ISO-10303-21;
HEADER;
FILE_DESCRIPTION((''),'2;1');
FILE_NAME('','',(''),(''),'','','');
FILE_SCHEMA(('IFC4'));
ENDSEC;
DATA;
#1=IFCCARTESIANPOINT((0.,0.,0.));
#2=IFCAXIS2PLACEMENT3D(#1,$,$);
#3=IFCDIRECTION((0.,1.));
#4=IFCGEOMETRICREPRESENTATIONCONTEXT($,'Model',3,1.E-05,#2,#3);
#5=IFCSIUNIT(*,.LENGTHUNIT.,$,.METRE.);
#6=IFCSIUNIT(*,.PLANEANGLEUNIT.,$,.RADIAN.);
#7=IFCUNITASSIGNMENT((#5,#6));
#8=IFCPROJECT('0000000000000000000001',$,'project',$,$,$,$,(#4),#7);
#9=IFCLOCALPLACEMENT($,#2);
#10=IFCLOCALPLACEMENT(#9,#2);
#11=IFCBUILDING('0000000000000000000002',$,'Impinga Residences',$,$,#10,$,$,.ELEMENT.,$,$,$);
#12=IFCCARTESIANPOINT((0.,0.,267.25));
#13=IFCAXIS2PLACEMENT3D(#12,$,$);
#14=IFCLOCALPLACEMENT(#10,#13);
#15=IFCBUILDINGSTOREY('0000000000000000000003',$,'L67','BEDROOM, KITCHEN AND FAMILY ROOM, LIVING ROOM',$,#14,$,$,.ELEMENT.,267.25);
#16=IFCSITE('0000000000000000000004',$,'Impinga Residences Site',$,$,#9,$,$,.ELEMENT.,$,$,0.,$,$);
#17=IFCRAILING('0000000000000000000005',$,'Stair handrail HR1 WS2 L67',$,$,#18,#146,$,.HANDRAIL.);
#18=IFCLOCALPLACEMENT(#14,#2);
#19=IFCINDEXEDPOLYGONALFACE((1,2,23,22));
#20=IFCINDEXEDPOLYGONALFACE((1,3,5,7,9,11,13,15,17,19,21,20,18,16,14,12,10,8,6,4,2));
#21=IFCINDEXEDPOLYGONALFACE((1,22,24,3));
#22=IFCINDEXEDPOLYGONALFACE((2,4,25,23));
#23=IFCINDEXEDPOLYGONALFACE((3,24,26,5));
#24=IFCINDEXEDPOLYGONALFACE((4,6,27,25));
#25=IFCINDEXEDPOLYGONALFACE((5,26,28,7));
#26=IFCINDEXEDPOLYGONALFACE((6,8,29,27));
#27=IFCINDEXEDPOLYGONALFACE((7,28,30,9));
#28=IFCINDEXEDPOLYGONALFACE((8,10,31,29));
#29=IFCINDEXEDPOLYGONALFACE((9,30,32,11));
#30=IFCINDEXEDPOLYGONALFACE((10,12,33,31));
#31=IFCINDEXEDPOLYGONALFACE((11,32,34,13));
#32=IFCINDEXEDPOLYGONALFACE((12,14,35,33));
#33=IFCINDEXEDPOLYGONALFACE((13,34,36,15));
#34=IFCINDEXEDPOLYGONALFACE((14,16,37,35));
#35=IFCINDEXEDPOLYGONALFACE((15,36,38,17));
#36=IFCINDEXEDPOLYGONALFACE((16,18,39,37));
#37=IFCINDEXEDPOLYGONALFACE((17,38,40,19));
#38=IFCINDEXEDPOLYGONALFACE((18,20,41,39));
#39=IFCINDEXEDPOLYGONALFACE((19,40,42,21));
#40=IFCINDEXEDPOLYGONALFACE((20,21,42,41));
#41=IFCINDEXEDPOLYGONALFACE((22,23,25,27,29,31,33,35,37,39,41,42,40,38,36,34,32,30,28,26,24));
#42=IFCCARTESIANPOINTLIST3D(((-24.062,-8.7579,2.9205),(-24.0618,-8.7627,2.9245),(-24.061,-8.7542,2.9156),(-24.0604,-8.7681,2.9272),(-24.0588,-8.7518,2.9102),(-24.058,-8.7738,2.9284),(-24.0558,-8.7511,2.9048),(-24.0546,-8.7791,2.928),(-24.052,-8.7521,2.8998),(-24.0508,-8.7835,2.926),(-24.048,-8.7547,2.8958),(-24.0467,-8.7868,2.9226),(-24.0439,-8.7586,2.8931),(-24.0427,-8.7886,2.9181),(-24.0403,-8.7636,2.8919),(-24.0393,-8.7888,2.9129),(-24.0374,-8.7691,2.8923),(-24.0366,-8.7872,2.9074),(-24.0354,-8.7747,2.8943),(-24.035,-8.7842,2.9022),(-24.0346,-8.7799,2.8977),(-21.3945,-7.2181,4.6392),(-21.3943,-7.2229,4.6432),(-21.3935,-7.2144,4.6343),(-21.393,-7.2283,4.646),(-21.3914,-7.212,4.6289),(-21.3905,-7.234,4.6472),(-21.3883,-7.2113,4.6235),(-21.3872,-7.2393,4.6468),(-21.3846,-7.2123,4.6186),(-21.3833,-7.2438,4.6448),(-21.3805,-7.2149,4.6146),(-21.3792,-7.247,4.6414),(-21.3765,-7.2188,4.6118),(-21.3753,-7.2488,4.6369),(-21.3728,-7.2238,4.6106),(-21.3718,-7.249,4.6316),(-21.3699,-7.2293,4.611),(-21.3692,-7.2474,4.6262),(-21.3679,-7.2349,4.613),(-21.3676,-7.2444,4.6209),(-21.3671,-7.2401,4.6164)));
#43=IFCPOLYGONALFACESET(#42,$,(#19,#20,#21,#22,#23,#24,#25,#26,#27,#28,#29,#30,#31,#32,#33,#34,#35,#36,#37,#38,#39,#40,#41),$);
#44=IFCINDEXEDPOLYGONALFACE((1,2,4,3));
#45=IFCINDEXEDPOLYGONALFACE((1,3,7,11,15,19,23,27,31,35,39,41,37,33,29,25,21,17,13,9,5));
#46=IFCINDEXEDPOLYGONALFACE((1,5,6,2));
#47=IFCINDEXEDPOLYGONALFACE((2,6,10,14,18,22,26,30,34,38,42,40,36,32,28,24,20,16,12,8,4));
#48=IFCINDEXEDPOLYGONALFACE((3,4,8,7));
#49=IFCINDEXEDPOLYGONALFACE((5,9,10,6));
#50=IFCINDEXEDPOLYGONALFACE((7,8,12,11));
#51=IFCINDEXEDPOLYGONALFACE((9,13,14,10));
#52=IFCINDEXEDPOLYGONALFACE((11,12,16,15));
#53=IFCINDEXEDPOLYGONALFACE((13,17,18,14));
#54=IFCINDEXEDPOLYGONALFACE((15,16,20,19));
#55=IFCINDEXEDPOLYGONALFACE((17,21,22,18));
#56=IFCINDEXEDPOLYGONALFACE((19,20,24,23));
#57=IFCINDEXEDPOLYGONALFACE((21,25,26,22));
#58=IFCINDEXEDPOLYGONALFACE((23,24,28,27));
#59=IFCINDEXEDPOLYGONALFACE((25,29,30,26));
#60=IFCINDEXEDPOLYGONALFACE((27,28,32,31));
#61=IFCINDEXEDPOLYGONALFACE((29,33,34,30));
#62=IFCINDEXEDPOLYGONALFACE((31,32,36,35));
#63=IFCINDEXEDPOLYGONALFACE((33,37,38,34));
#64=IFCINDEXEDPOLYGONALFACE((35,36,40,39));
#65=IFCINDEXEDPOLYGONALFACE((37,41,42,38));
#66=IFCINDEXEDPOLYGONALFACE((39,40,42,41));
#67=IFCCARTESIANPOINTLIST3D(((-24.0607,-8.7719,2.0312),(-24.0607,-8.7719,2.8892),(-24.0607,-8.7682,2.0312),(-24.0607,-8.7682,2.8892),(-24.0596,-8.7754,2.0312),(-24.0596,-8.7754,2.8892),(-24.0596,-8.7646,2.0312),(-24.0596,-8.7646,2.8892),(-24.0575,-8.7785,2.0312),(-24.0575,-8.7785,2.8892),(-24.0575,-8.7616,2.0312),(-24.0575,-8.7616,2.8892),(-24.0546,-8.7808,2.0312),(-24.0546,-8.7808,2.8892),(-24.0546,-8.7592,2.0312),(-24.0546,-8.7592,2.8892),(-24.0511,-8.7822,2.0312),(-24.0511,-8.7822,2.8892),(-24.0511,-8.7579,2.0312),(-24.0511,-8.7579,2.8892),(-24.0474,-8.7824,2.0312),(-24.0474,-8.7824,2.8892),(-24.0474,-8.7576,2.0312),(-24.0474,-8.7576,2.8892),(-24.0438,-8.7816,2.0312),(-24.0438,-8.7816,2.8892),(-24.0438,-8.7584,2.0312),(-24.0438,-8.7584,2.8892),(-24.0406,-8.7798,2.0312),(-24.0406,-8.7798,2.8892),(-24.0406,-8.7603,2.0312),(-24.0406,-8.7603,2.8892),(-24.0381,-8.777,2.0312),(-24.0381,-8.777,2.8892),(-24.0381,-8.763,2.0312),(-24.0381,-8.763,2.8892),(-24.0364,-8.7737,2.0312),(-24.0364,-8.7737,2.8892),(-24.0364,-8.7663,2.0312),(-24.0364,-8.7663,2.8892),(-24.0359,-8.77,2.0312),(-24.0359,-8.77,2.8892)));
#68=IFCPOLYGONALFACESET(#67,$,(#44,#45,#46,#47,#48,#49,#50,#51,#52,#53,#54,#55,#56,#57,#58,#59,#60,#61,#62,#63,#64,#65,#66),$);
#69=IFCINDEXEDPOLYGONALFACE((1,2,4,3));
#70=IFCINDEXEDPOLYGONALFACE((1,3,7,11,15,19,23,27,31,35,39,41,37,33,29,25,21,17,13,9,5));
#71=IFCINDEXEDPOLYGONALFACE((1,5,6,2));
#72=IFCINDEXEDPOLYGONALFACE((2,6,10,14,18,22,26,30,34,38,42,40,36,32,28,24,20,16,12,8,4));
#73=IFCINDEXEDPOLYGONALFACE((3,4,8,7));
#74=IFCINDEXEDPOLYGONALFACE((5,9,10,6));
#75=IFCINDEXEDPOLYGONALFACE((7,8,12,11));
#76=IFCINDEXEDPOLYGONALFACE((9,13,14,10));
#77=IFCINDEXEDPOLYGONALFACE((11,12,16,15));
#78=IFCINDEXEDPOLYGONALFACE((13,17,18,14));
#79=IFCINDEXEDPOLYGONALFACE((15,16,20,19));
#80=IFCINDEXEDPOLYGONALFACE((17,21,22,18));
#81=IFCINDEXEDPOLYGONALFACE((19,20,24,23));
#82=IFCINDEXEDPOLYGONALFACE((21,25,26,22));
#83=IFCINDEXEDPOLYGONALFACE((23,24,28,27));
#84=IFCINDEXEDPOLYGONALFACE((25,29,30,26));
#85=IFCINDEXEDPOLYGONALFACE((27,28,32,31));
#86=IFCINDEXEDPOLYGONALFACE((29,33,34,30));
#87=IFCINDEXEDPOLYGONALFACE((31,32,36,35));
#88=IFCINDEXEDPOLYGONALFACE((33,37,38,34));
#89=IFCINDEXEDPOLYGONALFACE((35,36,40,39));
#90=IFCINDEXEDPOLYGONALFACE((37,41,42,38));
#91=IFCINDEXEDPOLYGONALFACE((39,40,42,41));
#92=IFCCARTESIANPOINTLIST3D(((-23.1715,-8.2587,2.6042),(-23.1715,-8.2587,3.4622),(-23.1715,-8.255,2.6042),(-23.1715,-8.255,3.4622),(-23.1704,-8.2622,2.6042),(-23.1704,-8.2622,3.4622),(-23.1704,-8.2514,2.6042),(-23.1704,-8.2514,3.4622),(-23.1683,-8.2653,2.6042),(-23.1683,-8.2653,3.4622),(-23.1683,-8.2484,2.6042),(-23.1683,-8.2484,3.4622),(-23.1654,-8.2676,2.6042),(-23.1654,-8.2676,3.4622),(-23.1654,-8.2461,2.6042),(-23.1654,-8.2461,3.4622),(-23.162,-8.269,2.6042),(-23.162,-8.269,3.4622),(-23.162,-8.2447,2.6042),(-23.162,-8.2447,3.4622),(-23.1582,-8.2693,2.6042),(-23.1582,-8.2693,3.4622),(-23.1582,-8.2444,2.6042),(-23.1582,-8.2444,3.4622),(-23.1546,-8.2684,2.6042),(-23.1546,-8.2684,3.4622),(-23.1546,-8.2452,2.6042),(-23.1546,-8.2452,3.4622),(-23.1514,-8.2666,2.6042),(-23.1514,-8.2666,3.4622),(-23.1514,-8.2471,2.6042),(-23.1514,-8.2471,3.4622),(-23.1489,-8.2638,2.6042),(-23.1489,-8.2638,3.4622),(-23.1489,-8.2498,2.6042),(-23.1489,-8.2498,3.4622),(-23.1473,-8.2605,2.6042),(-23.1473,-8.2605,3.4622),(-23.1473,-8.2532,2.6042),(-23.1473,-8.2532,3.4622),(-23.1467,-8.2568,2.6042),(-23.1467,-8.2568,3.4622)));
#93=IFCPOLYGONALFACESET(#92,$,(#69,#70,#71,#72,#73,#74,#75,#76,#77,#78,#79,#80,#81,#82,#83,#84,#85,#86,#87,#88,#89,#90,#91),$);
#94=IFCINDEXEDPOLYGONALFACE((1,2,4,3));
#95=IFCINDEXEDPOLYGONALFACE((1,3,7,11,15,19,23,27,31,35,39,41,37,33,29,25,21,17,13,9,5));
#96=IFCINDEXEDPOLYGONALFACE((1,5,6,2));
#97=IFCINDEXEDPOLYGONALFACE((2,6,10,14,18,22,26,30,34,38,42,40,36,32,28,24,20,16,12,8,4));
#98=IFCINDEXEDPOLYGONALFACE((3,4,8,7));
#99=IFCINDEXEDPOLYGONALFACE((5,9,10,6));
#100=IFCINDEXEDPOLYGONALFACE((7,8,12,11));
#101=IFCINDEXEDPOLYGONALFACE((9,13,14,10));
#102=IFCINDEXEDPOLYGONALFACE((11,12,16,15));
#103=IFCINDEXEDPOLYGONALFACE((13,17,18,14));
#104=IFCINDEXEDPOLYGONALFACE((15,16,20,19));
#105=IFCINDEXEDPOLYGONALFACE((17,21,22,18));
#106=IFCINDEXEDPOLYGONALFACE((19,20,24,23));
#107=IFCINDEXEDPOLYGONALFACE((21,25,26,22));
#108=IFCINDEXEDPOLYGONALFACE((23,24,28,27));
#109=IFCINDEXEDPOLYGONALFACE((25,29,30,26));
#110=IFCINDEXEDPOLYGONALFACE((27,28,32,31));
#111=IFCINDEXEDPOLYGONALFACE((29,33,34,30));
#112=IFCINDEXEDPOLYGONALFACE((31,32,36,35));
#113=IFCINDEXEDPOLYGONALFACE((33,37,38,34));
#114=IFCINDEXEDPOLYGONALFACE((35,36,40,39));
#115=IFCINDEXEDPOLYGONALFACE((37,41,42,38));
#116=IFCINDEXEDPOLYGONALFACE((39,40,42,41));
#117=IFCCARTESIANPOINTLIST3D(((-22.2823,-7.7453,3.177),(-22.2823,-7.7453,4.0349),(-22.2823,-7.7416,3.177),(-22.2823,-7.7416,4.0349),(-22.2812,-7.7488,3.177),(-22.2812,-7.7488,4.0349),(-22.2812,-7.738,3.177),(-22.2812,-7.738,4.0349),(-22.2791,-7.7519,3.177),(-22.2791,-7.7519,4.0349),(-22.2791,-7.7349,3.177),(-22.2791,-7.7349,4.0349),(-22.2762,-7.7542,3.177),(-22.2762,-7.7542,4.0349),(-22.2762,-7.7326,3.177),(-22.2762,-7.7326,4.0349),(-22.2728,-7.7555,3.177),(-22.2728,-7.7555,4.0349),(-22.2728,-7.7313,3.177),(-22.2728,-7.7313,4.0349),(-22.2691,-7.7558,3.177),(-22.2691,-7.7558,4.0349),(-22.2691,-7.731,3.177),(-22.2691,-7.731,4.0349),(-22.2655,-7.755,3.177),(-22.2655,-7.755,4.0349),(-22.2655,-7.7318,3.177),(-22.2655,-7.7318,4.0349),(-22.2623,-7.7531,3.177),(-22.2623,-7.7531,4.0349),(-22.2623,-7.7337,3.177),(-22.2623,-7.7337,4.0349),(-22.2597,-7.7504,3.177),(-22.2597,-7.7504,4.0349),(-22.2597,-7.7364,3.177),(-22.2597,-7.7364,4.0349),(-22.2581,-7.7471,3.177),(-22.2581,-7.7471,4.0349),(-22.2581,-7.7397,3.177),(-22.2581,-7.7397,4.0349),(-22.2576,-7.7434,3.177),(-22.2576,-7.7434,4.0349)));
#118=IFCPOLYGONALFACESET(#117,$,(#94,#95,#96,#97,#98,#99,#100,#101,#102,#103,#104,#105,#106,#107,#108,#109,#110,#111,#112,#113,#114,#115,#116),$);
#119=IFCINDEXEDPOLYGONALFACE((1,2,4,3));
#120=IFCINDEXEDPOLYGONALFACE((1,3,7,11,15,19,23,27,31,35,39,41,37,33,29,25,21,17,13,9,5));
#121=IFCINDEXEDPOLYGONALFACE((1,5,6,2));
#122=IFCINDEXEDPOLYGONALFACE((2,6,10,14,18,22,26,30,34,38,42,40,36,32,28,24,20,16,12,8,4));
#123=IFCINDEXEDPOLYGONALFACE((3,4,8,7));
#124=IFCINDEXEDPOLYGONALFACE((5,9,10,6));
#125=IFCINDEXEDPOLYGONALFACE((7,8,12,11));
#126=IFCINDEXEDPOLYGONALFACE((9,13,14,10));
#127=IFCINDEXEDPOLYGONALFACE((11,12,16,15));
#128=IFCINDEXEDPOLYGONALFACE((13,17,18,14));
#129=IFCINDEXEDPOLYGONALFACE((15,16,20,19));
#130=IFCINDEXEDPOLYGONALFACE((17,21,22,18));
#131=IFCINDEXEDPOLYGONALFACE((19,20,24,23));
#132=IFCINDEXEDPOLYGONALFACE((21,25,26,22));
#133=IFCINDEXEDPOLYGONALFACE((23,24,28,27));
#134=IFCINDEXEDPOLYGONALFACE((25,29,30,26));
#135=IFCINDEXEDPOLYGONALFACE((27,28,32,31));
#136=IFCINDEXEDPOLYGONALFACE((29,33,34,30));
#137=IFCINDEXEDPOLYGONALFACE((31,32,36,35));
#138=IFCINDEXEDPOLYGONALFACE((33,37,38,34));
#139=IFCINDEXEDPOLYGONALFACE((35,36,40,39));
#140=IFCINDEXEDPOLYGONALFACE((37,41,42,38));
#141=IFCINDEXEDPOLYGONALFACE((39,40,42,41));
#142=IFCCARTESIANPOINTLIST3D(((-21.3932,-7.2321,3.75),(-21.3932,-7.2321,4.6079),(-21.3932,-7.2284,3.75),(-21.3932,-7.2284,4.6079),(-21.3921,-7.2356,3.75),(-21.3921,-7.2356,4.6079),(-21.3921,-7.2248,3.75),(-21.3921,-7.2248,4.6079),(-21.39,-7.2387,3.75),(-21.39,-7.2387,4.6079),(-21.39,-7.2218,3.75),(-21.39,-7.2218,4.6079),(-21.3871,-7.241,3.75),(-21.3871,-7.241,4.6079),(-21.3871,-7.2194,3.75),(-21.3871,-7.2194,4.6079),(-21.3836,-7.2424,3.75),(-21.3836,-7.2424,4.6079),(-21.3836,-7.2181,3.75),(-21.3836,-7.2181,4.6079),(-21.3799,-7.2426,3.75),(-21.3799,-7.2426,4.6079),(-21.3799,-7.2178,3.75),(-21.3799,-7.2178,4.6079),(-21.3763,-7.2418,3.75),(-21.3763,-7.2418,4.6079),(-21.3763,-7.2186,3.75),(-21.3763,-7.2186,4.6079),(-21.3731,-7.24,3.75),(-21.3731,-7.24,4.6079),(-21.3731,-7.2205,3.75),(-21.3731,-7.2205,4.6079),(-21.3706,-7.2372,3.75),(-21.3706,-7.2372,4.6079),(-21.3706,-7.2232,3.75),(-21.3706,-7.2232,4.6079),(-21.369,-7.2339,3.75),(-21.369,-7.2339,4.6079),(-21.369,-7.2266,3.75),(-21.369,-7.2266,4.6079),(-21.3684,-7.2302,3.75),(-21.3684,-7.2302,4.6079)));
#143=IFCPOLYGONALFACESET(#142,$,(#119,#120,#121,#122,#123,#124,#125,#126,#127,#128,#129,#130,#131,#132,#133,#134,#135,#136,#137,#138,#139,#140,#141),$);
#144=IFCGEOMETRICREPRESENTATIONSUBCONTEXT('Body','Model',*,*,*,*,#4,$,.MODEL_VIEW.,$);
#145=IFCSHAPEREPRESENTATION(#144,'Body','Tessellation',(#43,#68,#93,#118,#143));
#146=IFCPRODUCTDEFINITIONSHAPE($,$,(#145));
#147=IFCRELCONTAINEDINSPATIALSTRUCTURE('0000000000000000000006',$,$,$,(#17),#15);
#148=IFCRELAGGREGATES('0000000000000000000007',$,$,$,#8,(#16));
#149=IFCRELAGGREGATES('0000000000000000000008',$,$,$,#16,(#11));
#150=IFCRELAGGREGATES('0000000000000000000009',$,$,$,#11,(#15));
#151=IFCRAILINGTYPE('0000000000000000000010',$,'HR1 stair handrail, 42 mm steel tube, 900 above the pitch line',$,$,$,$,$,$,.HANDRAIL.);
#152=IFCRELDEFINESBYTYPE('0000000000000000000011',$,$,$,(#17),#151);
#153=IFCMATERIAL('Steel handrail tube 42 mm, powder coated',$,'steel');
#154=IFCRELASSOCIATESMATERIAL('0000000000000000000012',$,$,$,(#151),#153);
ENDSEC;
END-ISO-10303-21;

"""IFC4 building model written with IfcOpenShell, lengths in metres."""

from ifc_helpers import new_model, si_unit, direction, frame, origin, origin_2d, place, context, subcontext, project, spatial, circle, extrude, material, type_object, element, save


model = new_model("IFC4")

# Units and contexts
model_context = context("Model", 3, precision=1e-05, world=origin(), true_north=direction((0.0, 1.0)))
body_context = subcontext(model_context, "Body", "Model", "MODEL_VIEW")
ifc_project = project(units=[si_unit("LENGTHUNIT", "METRE"), si_unit("PLANEANGLEUNIT", "RADIAN")], contexts=[model_context])

# Site, building, storey
site_placement = place(None, origin())
site = spatial("IfcSite", under=ifc_project, at=site_placement, Name="Impinga Residences Site", CompositionType="ELEMENT", RefElevation=0.0)
building_placement = place(site_placement, origin())
building = spatial("IfcBuilding", under=site, at=building_placement, Name="Impinga Residences", CompositionType="ELEMENT")
storey_placement = place(building_placement, frame((0.0, 0.0, 267.25)))
storey = spatial("IfcBuildingStorey", under=building, at=storey_placement, Name="L67", Description="BEDROOM, KITCHEN AND FAMILY ROOM, LIVING ROOM", CompositionType="ELEMENT", Elevation=267.25)

# Railing
ifc_material_1 = material(Name="Steel handrail tube 42 mm, powder coated", Category="steel")
railing_type = type_object("IfcRailingType", Name="HR1 stair handrail, 42 mm steel tube, 900 above the pitch line", PredefinedType="HANDRAIL", material=ifc_material_1)
railing_placement = place(storey_placement, frame((-24.0483, -8.77, 2.0312)))
element("IfcRailing", 1, at=railing_placement, inside=storey, type_object=railing_type, Name="Stair handrail HR1 WS2 L67", PredefinedType="HANDRAIL", context=body_context, shape_type="SweptSolid", body=[
    extrude(circle(Radius=0.021, at=origin_2d()), frame((0.0, 0.0, 0.8789), z_axis=(0.756279, 0.43656, 0.487297), x_axis=(-0.499933, 0.866064, 0.0)), (0.0, 0.0, 1.0), 3.5271),
    extrude(circle(Radius=0.0125, at=origin_2d()), origin(), (0.0, 0.0, 1.0), 0.8579),
    extrude(circle(Radius=0.0125, at=origin_2d()), frame((0.8892, 0.5132, 0.573)), (0.0, 0.0, 1.0), 0.8579),
    extrude(circle(Radius=0.0125, at=origin_2d()), frame((1.7783, 1.0266, 1.1458)), (0.0, 0.0, 1.0), 0.8579),
    extrude(circle(Radius=0.0125, at=origin_2d()), frame((2.6675, 1.5398, 1.7188)), (0.0, 0.0, 1.0), 0.8579),
])

save(model, "model.ifc")
